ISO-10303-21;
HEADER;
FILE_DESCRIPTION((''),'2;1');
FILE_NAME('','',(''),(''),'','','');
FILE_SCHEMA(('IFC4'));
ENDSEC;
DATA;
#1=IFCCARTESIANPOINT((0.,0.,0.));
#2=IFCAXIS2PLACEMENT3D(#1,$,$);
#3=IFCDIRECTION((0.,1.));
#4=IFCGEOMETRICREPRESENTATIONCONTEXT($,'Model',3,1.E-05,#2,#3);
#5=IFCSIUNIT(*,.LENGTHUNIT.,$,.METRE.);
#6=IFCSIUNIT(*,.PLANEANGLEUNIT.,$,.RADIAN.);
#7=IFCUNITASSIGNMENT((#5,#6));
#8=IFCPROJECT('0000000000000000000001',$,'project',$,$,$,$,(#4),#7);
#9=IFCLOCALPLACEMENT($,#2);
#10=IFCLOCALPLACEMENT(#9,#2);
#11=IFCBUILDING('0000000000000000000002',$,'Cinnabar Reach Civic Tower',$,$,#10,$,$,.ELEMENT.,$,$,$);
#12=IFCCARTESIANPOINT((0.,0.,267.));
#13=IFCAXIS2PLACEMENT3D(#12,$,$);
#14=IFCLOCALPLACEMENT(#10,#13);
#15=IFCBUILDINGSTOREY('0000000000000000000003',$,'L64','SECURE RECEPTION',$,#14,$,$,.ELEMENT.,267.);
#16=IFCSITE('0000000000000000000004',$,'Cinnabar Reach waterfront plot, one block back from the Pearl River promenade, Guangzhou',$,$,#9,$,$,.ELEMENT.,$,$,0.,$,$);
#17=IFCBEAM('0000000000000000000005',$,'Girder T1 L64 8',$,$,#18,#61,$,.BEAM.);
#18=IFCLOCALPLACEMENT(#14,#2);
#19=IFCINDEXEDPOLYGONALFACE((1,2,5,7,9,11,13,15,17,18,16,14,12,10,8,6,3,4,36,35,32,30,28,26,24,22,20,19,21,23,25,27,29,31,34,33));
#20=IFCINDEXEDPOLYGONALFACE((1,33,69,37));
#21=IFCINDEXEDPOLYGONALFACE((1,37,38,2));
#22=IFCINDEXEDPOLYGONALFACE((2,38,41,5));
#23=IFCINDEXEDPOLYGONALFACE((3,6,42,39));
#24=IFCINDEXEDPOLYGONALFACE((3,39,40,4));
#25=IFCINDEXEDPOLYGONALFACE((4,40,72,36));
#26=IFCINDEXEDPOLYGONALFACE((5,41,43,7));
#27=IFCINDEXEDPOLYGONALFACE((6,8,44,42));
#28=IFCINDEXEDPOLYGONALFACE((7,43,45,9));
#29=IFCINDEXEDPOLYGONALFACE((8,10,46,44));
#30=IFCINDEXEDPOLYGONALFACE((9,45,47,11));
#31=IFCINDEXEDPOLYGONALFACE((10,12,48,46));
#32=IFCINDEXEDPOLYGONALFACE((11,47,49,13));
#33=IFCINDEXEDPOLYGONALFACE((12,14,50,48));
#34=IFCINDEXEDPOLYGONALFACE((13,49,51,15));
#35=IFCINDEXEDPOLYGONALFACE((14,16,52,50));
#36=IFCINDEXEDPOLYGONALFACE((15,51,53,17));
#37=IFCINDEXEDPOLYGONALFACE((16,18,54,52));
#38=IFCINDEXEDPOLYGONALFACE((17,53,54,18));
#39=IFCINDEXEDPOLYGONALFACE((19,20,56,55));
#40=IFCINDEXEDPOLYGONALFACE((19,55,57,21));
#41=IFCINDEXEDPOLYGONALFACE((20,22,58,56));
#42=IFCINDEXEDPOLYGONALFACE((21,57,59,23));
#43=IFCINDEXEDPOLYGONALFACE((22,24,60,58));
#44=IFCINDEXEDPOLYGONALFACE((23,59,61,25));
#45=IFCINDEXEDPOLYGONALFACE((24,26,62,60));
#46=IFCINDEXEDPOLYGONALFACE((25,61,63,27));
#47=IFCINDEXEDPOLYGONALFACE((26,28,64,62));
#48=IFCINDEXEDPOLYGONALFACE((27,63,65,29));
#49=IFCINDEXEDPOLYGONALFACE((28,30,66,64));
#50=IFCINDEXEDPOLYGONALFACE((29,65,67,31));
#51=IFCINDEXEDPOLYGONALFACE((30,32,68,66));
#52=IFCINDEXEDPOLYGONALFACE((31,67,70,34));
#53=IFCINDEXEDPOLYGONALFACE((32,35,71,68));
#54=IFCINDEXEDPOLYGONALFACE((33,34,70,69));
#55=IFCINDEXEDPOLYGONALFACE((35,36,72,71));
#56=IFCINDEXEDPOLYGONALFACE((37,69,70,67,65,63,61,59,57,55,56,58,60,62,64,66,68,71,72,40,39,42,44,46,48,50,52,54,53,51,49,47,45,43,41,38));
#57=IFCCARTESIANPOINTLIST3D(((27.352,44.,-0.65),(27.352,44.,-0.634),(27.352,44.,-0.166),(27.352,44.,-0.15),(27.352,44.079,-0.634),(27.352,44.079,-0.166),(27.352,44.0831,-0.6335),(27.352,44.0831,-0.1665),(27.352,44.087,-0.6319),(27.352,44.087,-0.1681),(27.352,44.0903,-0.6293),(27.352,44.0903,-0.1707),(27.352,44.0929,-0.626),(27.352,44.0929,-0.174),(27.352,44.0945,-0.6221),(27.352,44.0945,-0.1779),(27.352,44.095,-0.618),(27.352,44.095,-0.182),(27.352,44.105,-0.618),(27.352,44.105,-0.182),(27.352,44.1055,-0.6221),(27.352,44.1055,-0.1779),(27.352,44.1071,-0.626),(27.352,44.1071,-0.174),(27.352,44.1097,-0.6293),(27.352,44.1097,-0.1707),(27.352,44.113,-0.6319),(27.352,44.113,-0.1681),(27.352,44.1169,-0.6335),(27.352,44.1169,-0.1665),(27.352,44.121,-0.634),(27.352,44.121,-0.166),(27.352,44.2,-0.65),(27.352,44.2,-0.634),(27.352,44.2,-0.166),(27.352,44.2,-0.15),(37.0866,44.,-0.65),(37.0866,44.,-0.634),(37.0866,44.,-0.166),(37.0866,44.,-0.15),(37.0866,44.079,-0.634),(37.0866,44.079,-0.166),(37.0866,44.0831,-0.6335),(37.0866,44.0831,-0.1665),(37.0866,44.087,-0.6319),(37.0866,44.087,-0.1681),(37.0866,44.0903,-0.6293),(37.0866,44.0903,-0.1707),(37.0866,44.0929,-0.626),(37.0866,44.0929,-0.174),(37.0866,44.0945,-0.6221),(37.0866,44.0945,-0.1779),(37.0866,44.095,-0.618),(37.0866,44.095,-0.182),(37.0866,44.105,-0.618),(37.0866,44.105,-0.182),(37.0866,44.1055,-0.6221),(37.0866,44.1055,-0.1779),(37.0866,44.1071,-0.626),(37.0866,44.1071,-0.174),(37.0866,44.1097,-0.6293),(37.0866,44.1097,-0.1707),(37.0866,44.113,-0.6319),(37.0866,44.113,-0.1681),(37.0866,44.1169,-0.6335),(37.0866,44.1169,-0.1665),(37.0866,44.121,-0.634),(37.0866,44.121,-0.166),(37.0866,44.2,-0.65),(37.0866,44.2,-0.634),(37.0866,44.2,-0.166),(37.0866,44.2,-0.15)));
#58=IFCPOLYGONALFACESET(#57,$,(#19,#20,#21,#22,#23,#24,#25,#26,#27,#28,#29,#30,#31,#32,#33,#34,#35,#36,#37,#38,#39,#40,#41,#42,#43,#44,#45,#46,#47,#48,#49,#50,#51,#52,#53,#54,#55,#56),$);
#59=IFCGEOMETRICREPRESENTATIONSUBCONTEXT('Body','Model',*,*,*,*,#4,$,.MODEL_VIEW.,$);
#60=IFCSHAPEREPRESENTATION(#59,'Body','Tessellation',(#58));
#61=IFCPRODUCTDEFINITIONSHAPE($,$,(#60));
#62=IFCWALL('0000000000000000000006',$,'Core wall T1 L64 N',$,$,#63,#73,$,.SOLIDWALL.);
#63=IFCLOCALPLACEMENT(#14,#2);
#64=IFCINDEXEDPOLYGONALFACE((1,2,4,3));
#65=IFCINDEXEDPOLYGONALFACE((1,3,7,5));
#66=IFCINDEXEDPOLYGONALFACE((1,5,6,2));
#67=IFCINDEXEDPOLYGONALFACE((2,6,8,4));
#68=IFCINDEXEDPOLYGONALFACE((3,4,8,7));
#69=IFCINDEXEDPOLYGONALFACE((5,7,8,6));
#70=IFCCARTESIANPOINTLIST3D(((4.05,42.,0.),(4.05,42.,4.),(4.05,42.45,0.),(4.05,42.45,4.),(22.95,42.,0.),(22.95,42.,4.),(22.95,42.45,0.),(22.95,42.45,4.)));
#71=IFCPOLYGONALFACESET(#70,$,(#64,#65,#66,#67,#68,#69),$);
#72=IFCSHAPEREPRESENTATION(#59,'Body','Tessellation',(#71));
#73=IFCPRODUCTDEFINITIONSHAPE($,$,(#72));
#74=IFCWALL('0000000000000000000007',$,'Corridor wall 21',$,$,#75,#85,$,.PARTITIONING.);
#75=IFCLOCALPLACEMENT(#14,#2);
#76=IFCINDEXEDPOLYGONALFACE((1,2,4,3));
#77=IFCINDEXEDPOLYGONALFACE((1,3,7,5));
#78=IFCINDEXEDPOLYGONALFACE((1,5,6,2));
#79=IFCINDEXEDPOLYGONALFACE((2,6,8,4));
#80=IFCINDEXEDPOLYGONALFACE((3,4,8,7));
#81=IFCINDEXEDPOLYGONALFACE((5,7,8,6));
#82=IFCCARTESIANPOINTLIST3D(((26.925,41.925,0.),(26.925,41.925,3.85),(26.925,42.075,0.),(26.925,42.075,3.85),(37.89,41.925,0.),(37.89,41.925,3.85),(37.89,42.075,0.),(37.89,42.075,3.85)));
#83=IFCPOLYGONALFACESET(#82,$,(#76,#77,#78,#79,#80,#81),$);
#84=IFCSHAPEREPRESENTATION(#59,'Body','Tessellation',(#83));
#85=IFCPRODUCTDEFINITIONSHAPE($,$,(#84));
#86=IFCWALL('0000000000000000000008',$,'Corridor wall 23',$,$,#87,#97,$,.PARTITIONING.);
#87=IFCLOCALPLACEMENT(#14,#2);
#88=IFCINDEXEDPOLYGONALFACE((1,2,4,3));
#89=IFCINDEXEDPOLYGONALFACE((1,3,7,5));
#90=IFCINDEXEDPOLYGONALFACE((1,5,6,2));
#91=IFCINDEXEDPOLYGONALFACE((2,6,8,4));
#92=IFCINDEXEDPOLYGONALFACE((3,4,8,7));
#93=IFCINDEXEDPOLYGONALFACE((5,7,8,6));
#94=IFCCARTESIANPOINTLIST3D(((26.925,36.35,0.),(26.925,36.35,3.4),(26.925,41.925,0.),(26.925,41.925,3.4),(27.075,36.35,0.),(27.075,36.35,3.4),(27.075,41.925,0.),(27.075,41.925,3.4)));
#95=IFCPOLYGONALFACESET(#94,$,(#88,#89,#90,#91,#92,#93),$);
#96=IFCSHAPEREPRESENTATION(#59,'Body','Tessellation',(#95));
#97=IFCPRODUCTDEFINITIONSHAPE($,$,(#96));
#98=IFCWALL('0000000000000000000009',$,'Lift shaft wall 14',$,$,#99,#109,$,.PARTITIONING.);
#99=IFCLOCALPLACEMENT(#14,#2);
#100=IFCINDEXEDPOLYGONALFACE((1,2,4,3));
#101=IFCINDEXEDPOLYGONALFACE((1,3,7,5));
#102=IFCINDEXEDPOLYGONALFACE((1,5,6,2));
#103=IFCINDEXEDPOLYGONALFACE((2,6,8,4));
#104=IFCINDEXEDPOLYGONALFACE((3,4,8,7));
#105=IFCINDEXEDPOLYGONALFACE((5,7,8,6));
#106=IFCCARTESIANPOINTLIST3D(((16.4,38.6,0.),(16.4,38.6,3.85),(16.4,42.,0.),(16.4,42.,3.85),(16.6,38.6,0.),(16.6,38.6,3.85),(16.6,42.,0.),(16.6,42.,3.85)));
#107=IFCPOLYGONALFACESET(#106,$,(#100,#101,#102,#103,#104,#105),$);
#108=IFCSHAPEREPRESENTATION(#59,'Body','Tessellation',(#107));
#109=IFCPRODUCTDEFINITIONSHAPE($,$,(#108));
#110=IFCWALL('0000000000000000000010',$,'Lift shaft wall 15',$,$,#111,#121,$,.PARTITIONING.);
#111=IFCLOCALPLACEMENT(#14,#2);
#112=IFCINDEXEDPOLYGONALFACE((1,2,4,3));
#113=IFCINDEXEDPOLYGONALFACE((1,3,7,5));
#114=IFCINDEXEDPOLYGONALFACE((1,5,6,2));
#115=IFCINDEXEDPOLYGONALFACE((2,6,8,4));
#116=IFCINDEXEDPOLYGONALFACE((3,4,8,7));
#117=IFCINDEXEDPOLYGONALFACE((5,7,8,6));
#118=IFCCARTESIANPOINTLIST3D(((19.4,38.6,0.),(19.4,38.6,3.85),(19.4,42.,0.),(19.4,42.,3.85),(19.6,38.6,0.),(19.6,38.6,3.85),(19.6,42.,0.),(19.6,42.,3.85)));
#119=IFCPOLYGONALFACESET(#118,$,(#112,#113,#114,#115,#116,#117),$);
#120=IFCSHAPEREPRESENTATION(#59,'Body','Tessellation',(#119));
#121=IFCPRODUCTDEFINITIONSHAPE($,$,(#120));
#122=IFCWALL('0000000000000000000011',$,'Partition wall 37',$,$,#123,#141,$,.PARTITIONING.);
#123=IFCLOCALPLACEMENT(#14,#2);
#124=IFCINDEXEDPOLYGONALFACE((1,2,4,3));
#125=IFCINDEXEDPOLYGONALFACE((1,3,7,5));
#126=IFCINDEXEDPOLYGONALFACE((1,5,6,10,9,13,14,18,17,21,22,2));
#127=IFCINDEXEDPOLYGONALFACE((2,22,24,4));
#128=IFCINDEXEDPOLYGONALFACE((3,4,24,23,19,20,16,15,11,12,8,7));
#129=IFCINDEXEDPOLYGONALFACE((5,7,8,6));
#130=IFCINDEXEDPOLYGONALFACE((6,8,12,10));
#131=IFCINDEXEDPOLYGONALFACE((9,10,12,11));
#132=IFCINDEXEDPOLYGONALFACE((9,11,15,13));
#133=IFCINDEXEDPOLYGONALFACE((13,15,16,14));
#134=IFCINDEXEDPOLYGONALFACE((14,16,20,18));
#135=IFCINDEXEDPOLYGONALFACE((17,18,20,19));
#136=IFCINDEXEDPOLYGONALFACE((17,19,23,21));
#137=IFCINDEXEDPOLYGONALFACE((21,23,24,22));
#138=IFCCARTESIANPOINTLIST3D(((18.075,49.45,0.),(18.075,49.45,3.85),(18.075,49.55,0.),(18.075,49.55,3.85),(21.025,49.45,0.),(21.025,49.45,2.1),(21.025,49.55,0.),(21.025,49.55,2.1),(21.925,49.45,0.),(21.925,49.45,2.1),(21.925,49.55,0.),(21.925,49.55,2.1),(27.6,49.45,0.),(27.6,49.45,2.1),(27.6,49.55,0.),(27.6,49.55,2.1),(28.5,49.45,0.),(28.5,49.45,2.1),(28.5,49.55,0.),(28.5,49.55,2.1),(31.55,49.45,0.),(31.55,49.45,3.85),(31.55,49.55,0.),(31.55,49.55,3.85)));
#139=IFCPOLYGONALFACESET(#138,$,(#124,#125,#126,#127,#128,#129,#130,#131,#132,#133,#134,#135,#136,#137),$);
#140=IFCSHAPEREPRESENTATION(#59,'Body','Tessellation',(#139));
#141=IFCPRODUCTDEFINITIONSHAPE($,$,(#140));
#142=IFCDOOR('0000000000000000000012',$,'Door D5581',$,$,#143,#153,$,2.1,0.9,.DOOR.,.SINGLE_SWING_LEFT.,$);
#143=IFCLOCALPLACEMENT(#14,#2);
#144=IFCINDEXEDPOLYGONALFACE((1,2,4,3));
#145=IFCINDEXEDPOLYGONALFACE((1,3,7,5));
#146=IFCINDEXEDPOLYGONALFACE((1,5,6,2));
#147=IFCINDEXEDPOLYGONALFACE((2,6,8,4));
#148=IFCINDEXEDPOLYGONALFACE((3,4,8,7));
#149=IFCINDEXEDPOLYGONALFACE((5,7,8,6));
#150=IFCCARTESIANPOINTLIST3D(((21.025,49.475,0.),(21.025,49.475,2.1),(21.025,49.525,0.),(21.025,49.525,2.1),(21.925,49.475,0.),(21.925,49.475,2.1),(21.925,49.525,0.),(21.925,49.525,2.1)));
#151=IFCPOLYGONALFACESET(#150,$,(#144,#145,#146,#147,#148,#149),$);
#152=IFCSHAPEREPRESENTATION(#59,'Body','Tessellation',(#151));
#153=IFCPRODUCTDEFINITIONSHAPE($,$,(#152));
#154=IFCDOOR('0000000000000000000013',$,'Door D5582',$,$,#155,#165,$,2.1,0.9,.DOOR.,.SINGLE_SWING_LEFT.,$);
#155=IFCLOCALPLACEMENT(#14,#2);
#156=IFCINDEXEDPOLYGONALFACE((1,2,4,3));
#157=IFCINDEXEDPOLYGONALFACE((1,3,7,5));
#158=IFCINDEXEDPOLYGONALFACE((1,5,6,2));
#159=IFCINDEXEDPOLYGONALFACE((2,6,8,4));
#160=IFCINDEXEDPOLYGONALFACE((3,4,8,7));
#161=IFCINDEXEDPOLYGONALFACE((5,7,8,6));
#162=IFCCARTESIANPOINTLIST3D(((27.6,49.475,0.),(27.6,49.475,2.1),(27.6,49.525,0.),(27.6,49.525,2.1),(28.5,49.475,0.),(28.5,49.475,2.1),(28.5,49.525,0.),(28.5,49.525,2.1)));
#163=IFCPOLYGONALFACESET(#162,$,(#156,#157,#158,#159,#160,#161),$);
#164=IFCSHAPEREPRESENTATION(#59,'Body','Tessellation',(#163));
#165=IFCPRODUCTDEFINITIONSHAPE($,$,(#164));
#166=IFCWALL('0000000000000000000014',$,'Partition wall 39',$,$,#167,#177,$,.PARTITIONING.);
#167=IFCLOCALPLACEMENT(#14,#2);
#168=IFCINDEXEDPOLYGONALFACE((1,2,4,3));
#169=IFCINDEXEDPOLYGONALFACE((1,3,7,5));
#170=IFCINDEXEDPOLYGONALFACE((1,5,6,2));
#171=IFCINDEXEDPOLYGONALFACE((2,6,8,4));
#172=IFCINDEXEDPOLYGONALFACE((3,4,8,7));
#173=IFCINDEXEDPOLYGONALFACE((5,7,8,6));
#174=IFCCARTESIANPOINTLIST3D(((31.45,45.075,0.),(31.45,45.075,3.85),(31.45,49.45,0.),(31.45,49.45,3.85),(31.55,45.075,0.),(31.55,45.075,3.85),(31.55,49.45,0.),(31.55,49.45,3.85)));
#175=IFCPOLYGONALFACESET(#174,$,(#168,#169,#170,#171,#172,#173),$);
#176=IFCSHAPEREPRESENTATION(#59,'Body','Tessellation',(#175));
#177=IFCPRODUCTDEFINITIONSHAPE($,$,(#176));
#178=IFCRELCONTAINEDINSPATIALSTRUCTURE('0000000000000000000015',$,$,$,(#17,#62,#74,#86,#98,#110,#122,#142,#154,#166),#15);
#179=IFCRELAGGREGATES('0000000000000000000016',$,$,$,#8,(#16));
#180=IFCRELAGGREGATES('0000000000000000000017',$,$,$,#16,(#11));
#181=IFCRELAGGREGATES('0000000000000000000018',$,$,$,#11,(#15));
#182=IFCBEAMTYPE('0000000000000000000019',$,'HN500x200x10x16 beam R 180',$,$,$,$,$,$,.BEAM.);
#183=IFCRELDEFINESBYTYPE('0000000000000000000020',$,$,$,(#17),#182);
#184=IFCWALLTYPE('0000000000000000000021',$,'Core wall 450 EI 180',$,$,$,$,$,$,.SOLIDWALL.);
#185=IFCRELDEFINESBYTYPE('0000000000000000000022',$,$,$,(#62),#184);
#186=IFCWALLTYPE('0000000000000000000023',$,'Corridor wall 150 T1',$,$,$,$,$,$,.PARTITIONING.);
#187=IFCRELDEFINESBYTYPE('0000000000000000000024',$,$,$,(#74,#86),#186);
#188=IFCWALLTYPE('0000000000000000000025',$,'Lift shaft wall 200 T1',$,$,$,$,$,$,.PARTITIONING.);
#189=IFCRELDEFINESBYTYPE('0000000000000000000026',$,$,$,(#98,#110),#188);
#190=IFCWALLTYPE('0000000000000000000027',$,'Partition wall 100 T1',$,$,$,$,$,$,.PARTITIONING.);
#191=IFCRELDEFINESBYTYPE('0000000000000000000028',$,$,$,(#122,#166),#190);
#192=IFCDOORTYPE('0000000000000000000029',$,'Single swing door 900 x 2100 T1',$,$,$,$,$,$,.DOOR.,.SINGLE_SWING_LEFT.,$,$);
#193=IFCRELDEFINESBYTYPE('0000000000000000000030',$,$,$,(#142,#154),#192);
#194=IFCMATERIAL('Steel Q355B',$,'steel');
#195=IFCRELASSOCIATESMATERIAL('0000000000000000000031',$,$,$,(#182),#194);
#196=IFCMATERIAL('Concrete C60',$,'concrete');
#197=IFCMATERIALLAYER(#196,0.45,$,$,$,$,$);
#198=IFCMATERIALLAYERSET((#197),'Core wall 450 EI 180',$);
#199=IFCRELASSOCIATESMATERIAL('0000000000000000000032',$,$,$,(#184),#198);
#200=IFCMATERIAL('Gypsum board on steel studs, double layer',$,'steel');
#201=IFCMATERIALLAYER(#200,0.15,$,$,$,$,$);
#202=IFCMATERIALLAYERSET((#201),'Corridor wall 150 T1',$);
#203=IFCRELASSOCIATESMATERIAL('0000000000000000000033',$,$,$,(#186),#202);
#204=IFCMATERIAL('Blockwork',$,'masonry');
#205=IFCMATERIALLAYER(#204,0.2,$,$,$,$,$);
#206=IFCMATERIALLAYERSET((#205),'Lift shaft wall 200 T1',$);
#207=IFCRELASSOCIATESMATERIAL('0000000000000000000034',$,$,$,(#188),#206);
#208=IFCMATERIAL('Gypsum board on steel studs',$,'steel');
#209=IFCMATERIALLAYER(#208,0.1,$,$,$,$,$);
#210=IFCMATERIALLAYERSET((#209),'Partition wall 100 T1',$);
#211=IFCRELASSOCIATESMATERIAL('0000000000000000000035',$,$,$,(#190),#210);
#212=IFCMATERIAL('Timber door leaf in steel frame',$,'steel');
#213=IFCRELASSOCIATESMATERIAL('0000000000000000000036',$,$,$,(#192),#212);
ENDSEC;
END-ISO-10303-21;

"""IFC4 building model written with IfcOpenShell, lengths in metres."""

from ifc_helpers import new_model, si_unit, direction, frame, frame_2d, origin, origin_2d, place, context, subcontext, project, spatial, rectangle, i_section, extrude, material, layer, layer_set, material_profile, profile_set, type_object, element, fill, save


model = new_model("IFC4")

# Units and contexts
model_context = context("Model", 3, precision=1e-05, world=origin(), true_north=direction((0.0, 1.0)))
body_context = subcontext(model_context, "Body", "Model", "MODEL_VIEW")
ifc_project = project(units=[si_unit("LENGTHUNIT", "METRE"), si_unit("PLANEANGLEUNIT", "RADIAN")], contexts=[model_context])

# Site, building, storey
site_placement = place(None, origin())
site = spatial("IfcSite", under=ifc_project, at=site_placement, Name="Cinnabar Reach waterfront plot, one block back from the Pearl River promenade, Guangzhou", CompositionType="ELEMENT", RefElevation=0.0)
building_placement = place(site_placement, origin())
building = spatial("IfcBuilding", under=site, at=building_placement, Name="Cinnabar Reach Civic Tower", CompositionType="ELEMENT")
storey_placement = place(building_placement, frame((0.0, 0.0, 267.0)))
storey = spatial("IfcBuildingStorey", under=building, at=storey_placement, Name="L64", Description="SECURE RECEPTION", CompositionType="ELEMENT", Elevation=267.0)

# Shared definitions
ifc_material_1 = material(Name="Concrete C60", Category="concrete")

# Beam
ifc_material_2 = material(Name="Steel Q355B", Category="steel")
ifc_material_profile_1 = material_profile(ifc_material_2, i_section(OverallWidth=0.2, OverallDepth=0.5, WebThickness=0.01, FlangeThickness=0.016, FilletRadius=0.016, at=origin_2d()), Name="HN500x200x10x16")
ifc_profile_set_1 = profile_set([ifc_material_profile_1], Name="Steel Q355B")
beam_type_1 = type_object("IfcBeamType", Name="HN500x200x10x16 beam R 180", PredefinedType="BEAM", material=ifc_profile_set_1)
beam_1_placement = place(storey_placement, frame((27.352, 44.1, -0.4), z_axis=(1.0, 0.0, 0.0), x_axis=(0.0, 1.0, 0.0)))
element("IfcBeam", 1, at=beam_1_placement, inside=storey, type_object=beam_type_1, Name="Girder T1 L64 8", PredefinedType="BEAM", context=body_context, shape_type="SweptSolid", body=[
    extrude(i_section(OverallWidth=0.2, OverallDepth=0.5, WebThickness=0.01, FlangeThickness=0.016, FilletRadius=0.016, at=origin_2d()), origin(), (0.0, 0.0, 1.0), 9.7346),
])

# Walls
ifc_layer_1 = layer(ifc_material_1, 0.45)
ifc_layer_set_1 = layer_set([ifc_layer_1], Name="Core wall 450 EI 180")
wall_type_1 = type_object("IfcWallType", Name="Core wall 450 EI 180", PredefinedType="SOLIDWALL", material=ifc_layer_set_1)
wall_1_placement = place(storey_placement, frame((22.95, 42.225, 0.0), z_axis=(0.0, 0.0, 1.0), x_axis=(-1.0, 0.0, 0.0)))
element("IfcWall", 2, at=wall_1_placement, inside=storey, type_object=wall_type_1, Name="Core wall T1 L64 N", PredefinedType="SOLIDWALL", context=body_context, shape_type="SweptSolid", body=[
    extrude(rectangle(XDim=18.9, YDim=0.45, at=frame_2d((9.45, 0.0))), origin(), (0.0, 0.0, 1.0), 4.0),
])
ifc_material_3 = material(Name="Gypsum board on steel studs, double layer", Category="steel")
ifc_layer_2 = layer(ifc_material_3, 0.15)
ifc_layer_set_2 = layer_set([ifc_layer_2], Name="Corridor wall 150 T1")
wall_type_2 = type_object("IfcWallType", Name="Corridor wall 150 T1", PredefinedType="PARTITIONING", material=ifc_layer_set_2)
wall_2_placement = place(storey_placement, frame((26.925, 42.0, 0.0), z_axis=(0.0, 0.0, 1.0), x_axis=(1.0, 0.0, 0.0)))
element("IfcWall", 3, at=wall_2_placement, inside=storey, type_object=wall_type_2, Name="Corridor wall 21", PredefinedType="PARTITIONING", context=body_context, shape_type="SweptSolid", body=[
    extrude(rectangle(XDim=10.965, YDim=0.15, at=frame_2d((5.4825, 0.0))), origin(), (0.0, 0.0, 1.0), 3.85),
])
wall_3_placement = place(storey_placement, frame((27.0, 36.35, 0.0), z_axis=(0.0, 0.0, 1.0), x_axis=(0.0, 1.0, 0.0)))
element("IfcWall", 4, at=wall_3_placement, inside=storey, type_object=wall_type_2, Name="Corridor wall 23", PredefinedType="PARTITIONING", context=body_context, shape_type="SweptSolid", body=[
    extrude(rectangle(XDim=5.575, YDim=0.15, at=frame_2d((2.7875, 0.0))), origin(), (0.0, 0.0, 1.0), 3.4),
])
ifc_material_4 = material(Name="Blockwork", Category="masonry")
ifc_layer_3 = layer(ifc_material_4, 0.2)
ifc_layer_set_3 = layer_set([ifc_layer_3], Name="Lift shaft wall 200 T1")
wall_type_3 = type_object("IfcWallType", Name="Lift shaft wall 200 T1", PredefinedType="PARTITIONING", material=ifc_layer_set_3)
for number, where, z_axis, x_axis, name in (
    (5, (16.5, 38.6, 0.0), (0.0, 0.0, 1.0), (0.0, 1.0, 0.0), "Lift shaft wall 14"),
    (6, (19.5, 38.6, 0.0), (0.0, 0.0, 1.0), (0.0, 1.0, 0.0), "Lift shaft wall 15"),
):
    element("IfcWall", number, at=place(storey_placement, frame(where, z_axis=z_axis, x_axis=x_axis)), inside=storey, type_object=wall_type_3, Name=name, PredefinedType="PARTITIONING", context=body_context, shape_type="SweptSolid", body=[
        extrude(rectangle(XDim=3.4, YDim=0.2, at=frame_2d((1.7, 0.0))), origin(), (0.0, 0.0, 1.0), 3.85),
    ])

# Wall, openings, doors
ifc_material_5 = material(Name="Gypsum board on steel studs", Category="steel")
ifc_layer_4 = layer(ifc_material_5, 0.1)
ifc_layer_set_4 = layer_set([ifc_layer_4], Name="Partition wall 100 T1")
wall_type_4 = type_object("IfcWallType", Name="Partition wall 100 T1", PredefinedType="PARTITIONING", material=ifc_layer_set_4)
wall_4_placement = place(storey_placement, frame((18.075, 49.5, 0.0), z_axis=(0.0, 0.0, 1.0), x_axis=(1.0, 0.0, 0.0)))
wall_4 = element("IfcWall", 7, at=wall_4_placement, inside=storey, type_object=wall_type_4, Name="Partition wall 37", PredefinedType="PARTITIONING", context=body_context, shape_type="SweptSolid", body=[
    extrude(rectangle(XDim=13.475, YDim=0.1, at=frame_2d((6.7375, 0.0))), origin(), (0.0, 0.0, 1.0), 3.85),
])
opening_1_placement = place(wall_4_placement, frame((2.95, 0.0, 0.0)))
opening_1 = element("IfcOpeningElement", 8, at=opening_1_placement, cuts=wall_4, PredefinedType="OPENING", context=body_context, shape_type="SweptSolid", body=[
    extrude(rectangle(XDim=0.9, YDim=2.1, at=frame_2d((0.45, 1.05))), frame((0.0, 0.06, 0.0), z_axis=(0.0, -1.0, 0.0), x_axis=(1.0, 0.0, 0.0)), (0.0, 0.0, 1.0), 0.12),
])
opening_2_placement = place(wall_4_placement, frame((9.525, 0.0, 0.0)))
opening_2 = element("IfcOpeningElement", 9, at=opening_2_placement, cuts=wall_4, PredefinedType="OPENING", context=body_context, shape_type="SweptSolid", body=[
    extrude(rectangle(XDim=0.9, YDim=2.1, at=frame_2d((0.45, 1.05))), frame((0.0, 0.06, 0.0), z_axis=(0.0, -1.0, 0.0), x_axis=(1.0, 0.0, 0.0)), (0.0, 0.0, 1.0), 0.12),
])
ifc_material_6 = material(Name="Timber door leaf in steel frame", Category="steel")
door_type_1 = type_object("IfcDoorType", Name="Single swing door 900 x 2100 T1", OperationType="SINGLE_SWING_LEFT", PredefinedType="DOOR", material=ifc_material_6)
door_1_placement = place(opening_1_placement, frame((0.9, 0.0, 0.0), z_axis=(0.0, 0.0, 1.0), x_axis=(-1.0, 0.0, 0.0)))
door_1 = element("IfcDoor", 10, at=door_1_placement, inside=storey, type_object=door_type_1, Name="Door D5581", OperationType="SINGLE_SWING_LEFT", OverallHeight=2.1, OverallWidth=0.9, PredefinedType="DOOR", context=body_context, shape_type="SweptSolid", body=[
    extrude(rectangle(XDim=0.9, YDim=2.1, at=frame_2d((0.45, 1.05))), frame((0.0, 0.025, 0.0), z_axis=(0.0, -1.0, 0.0), x_axis=(1.0, 0.0, 0.0)), (0.0, 0.0, 1.0), 0.05),
])
fill(opening_1, door_1)
door_2_placement = place(opening_2_placement, frame((0.9, 0.0, 0.0), z_axis=(0.0, 0.0, 1.0), x_axis=(-1.0, 0.0, 0.0)))
door_2 = element("IfcDoor", 11, at=door_2_placement, inside=storey, type_object=door_type_1, Name="Door D5582", OperationType="SINGLE_SWING_LEFT", OverallHeight=2.1, OverallWidth=0.9, PredefinedType="DOOR", context=body_context, shape_type="SweptSolid", body=[
    extrude(rectangle(XDim=0.9, YDim=2.1, at=frame_2d((0.45, 1.05))), frame((0.0, 0.025, 0.0), z_axis=(0.0, -1.0, 0.0), x_axis=(1.0, 0.0, 0.0)), (0.0, 0.0, 1.0), 0.05),
])
fill(opening_2, door_2)

# Wall
wall_5_placement = place(storey_placement, frame((31.5, 45.075, 0.0), z_axis=(0.0, 0.0, 1.0), x_axis=(0.0, 1.0, 0.0)))
element("IfcWall", 12, at=wall_5_placement, inside=storey, type_object=wall_type_4, Name="Partition wall 39", PredefinedType="PARTITIONING", context=body_context, shape_type="SweptSolid", body=[
    extrude(rectangle(XDim=4.375, YDim=0.1, at=frame_2d((2.1875, 0.0))), origin(), (0.0, 0.0, 1.0), 3.85),
])

save(model, "model.ifc")
